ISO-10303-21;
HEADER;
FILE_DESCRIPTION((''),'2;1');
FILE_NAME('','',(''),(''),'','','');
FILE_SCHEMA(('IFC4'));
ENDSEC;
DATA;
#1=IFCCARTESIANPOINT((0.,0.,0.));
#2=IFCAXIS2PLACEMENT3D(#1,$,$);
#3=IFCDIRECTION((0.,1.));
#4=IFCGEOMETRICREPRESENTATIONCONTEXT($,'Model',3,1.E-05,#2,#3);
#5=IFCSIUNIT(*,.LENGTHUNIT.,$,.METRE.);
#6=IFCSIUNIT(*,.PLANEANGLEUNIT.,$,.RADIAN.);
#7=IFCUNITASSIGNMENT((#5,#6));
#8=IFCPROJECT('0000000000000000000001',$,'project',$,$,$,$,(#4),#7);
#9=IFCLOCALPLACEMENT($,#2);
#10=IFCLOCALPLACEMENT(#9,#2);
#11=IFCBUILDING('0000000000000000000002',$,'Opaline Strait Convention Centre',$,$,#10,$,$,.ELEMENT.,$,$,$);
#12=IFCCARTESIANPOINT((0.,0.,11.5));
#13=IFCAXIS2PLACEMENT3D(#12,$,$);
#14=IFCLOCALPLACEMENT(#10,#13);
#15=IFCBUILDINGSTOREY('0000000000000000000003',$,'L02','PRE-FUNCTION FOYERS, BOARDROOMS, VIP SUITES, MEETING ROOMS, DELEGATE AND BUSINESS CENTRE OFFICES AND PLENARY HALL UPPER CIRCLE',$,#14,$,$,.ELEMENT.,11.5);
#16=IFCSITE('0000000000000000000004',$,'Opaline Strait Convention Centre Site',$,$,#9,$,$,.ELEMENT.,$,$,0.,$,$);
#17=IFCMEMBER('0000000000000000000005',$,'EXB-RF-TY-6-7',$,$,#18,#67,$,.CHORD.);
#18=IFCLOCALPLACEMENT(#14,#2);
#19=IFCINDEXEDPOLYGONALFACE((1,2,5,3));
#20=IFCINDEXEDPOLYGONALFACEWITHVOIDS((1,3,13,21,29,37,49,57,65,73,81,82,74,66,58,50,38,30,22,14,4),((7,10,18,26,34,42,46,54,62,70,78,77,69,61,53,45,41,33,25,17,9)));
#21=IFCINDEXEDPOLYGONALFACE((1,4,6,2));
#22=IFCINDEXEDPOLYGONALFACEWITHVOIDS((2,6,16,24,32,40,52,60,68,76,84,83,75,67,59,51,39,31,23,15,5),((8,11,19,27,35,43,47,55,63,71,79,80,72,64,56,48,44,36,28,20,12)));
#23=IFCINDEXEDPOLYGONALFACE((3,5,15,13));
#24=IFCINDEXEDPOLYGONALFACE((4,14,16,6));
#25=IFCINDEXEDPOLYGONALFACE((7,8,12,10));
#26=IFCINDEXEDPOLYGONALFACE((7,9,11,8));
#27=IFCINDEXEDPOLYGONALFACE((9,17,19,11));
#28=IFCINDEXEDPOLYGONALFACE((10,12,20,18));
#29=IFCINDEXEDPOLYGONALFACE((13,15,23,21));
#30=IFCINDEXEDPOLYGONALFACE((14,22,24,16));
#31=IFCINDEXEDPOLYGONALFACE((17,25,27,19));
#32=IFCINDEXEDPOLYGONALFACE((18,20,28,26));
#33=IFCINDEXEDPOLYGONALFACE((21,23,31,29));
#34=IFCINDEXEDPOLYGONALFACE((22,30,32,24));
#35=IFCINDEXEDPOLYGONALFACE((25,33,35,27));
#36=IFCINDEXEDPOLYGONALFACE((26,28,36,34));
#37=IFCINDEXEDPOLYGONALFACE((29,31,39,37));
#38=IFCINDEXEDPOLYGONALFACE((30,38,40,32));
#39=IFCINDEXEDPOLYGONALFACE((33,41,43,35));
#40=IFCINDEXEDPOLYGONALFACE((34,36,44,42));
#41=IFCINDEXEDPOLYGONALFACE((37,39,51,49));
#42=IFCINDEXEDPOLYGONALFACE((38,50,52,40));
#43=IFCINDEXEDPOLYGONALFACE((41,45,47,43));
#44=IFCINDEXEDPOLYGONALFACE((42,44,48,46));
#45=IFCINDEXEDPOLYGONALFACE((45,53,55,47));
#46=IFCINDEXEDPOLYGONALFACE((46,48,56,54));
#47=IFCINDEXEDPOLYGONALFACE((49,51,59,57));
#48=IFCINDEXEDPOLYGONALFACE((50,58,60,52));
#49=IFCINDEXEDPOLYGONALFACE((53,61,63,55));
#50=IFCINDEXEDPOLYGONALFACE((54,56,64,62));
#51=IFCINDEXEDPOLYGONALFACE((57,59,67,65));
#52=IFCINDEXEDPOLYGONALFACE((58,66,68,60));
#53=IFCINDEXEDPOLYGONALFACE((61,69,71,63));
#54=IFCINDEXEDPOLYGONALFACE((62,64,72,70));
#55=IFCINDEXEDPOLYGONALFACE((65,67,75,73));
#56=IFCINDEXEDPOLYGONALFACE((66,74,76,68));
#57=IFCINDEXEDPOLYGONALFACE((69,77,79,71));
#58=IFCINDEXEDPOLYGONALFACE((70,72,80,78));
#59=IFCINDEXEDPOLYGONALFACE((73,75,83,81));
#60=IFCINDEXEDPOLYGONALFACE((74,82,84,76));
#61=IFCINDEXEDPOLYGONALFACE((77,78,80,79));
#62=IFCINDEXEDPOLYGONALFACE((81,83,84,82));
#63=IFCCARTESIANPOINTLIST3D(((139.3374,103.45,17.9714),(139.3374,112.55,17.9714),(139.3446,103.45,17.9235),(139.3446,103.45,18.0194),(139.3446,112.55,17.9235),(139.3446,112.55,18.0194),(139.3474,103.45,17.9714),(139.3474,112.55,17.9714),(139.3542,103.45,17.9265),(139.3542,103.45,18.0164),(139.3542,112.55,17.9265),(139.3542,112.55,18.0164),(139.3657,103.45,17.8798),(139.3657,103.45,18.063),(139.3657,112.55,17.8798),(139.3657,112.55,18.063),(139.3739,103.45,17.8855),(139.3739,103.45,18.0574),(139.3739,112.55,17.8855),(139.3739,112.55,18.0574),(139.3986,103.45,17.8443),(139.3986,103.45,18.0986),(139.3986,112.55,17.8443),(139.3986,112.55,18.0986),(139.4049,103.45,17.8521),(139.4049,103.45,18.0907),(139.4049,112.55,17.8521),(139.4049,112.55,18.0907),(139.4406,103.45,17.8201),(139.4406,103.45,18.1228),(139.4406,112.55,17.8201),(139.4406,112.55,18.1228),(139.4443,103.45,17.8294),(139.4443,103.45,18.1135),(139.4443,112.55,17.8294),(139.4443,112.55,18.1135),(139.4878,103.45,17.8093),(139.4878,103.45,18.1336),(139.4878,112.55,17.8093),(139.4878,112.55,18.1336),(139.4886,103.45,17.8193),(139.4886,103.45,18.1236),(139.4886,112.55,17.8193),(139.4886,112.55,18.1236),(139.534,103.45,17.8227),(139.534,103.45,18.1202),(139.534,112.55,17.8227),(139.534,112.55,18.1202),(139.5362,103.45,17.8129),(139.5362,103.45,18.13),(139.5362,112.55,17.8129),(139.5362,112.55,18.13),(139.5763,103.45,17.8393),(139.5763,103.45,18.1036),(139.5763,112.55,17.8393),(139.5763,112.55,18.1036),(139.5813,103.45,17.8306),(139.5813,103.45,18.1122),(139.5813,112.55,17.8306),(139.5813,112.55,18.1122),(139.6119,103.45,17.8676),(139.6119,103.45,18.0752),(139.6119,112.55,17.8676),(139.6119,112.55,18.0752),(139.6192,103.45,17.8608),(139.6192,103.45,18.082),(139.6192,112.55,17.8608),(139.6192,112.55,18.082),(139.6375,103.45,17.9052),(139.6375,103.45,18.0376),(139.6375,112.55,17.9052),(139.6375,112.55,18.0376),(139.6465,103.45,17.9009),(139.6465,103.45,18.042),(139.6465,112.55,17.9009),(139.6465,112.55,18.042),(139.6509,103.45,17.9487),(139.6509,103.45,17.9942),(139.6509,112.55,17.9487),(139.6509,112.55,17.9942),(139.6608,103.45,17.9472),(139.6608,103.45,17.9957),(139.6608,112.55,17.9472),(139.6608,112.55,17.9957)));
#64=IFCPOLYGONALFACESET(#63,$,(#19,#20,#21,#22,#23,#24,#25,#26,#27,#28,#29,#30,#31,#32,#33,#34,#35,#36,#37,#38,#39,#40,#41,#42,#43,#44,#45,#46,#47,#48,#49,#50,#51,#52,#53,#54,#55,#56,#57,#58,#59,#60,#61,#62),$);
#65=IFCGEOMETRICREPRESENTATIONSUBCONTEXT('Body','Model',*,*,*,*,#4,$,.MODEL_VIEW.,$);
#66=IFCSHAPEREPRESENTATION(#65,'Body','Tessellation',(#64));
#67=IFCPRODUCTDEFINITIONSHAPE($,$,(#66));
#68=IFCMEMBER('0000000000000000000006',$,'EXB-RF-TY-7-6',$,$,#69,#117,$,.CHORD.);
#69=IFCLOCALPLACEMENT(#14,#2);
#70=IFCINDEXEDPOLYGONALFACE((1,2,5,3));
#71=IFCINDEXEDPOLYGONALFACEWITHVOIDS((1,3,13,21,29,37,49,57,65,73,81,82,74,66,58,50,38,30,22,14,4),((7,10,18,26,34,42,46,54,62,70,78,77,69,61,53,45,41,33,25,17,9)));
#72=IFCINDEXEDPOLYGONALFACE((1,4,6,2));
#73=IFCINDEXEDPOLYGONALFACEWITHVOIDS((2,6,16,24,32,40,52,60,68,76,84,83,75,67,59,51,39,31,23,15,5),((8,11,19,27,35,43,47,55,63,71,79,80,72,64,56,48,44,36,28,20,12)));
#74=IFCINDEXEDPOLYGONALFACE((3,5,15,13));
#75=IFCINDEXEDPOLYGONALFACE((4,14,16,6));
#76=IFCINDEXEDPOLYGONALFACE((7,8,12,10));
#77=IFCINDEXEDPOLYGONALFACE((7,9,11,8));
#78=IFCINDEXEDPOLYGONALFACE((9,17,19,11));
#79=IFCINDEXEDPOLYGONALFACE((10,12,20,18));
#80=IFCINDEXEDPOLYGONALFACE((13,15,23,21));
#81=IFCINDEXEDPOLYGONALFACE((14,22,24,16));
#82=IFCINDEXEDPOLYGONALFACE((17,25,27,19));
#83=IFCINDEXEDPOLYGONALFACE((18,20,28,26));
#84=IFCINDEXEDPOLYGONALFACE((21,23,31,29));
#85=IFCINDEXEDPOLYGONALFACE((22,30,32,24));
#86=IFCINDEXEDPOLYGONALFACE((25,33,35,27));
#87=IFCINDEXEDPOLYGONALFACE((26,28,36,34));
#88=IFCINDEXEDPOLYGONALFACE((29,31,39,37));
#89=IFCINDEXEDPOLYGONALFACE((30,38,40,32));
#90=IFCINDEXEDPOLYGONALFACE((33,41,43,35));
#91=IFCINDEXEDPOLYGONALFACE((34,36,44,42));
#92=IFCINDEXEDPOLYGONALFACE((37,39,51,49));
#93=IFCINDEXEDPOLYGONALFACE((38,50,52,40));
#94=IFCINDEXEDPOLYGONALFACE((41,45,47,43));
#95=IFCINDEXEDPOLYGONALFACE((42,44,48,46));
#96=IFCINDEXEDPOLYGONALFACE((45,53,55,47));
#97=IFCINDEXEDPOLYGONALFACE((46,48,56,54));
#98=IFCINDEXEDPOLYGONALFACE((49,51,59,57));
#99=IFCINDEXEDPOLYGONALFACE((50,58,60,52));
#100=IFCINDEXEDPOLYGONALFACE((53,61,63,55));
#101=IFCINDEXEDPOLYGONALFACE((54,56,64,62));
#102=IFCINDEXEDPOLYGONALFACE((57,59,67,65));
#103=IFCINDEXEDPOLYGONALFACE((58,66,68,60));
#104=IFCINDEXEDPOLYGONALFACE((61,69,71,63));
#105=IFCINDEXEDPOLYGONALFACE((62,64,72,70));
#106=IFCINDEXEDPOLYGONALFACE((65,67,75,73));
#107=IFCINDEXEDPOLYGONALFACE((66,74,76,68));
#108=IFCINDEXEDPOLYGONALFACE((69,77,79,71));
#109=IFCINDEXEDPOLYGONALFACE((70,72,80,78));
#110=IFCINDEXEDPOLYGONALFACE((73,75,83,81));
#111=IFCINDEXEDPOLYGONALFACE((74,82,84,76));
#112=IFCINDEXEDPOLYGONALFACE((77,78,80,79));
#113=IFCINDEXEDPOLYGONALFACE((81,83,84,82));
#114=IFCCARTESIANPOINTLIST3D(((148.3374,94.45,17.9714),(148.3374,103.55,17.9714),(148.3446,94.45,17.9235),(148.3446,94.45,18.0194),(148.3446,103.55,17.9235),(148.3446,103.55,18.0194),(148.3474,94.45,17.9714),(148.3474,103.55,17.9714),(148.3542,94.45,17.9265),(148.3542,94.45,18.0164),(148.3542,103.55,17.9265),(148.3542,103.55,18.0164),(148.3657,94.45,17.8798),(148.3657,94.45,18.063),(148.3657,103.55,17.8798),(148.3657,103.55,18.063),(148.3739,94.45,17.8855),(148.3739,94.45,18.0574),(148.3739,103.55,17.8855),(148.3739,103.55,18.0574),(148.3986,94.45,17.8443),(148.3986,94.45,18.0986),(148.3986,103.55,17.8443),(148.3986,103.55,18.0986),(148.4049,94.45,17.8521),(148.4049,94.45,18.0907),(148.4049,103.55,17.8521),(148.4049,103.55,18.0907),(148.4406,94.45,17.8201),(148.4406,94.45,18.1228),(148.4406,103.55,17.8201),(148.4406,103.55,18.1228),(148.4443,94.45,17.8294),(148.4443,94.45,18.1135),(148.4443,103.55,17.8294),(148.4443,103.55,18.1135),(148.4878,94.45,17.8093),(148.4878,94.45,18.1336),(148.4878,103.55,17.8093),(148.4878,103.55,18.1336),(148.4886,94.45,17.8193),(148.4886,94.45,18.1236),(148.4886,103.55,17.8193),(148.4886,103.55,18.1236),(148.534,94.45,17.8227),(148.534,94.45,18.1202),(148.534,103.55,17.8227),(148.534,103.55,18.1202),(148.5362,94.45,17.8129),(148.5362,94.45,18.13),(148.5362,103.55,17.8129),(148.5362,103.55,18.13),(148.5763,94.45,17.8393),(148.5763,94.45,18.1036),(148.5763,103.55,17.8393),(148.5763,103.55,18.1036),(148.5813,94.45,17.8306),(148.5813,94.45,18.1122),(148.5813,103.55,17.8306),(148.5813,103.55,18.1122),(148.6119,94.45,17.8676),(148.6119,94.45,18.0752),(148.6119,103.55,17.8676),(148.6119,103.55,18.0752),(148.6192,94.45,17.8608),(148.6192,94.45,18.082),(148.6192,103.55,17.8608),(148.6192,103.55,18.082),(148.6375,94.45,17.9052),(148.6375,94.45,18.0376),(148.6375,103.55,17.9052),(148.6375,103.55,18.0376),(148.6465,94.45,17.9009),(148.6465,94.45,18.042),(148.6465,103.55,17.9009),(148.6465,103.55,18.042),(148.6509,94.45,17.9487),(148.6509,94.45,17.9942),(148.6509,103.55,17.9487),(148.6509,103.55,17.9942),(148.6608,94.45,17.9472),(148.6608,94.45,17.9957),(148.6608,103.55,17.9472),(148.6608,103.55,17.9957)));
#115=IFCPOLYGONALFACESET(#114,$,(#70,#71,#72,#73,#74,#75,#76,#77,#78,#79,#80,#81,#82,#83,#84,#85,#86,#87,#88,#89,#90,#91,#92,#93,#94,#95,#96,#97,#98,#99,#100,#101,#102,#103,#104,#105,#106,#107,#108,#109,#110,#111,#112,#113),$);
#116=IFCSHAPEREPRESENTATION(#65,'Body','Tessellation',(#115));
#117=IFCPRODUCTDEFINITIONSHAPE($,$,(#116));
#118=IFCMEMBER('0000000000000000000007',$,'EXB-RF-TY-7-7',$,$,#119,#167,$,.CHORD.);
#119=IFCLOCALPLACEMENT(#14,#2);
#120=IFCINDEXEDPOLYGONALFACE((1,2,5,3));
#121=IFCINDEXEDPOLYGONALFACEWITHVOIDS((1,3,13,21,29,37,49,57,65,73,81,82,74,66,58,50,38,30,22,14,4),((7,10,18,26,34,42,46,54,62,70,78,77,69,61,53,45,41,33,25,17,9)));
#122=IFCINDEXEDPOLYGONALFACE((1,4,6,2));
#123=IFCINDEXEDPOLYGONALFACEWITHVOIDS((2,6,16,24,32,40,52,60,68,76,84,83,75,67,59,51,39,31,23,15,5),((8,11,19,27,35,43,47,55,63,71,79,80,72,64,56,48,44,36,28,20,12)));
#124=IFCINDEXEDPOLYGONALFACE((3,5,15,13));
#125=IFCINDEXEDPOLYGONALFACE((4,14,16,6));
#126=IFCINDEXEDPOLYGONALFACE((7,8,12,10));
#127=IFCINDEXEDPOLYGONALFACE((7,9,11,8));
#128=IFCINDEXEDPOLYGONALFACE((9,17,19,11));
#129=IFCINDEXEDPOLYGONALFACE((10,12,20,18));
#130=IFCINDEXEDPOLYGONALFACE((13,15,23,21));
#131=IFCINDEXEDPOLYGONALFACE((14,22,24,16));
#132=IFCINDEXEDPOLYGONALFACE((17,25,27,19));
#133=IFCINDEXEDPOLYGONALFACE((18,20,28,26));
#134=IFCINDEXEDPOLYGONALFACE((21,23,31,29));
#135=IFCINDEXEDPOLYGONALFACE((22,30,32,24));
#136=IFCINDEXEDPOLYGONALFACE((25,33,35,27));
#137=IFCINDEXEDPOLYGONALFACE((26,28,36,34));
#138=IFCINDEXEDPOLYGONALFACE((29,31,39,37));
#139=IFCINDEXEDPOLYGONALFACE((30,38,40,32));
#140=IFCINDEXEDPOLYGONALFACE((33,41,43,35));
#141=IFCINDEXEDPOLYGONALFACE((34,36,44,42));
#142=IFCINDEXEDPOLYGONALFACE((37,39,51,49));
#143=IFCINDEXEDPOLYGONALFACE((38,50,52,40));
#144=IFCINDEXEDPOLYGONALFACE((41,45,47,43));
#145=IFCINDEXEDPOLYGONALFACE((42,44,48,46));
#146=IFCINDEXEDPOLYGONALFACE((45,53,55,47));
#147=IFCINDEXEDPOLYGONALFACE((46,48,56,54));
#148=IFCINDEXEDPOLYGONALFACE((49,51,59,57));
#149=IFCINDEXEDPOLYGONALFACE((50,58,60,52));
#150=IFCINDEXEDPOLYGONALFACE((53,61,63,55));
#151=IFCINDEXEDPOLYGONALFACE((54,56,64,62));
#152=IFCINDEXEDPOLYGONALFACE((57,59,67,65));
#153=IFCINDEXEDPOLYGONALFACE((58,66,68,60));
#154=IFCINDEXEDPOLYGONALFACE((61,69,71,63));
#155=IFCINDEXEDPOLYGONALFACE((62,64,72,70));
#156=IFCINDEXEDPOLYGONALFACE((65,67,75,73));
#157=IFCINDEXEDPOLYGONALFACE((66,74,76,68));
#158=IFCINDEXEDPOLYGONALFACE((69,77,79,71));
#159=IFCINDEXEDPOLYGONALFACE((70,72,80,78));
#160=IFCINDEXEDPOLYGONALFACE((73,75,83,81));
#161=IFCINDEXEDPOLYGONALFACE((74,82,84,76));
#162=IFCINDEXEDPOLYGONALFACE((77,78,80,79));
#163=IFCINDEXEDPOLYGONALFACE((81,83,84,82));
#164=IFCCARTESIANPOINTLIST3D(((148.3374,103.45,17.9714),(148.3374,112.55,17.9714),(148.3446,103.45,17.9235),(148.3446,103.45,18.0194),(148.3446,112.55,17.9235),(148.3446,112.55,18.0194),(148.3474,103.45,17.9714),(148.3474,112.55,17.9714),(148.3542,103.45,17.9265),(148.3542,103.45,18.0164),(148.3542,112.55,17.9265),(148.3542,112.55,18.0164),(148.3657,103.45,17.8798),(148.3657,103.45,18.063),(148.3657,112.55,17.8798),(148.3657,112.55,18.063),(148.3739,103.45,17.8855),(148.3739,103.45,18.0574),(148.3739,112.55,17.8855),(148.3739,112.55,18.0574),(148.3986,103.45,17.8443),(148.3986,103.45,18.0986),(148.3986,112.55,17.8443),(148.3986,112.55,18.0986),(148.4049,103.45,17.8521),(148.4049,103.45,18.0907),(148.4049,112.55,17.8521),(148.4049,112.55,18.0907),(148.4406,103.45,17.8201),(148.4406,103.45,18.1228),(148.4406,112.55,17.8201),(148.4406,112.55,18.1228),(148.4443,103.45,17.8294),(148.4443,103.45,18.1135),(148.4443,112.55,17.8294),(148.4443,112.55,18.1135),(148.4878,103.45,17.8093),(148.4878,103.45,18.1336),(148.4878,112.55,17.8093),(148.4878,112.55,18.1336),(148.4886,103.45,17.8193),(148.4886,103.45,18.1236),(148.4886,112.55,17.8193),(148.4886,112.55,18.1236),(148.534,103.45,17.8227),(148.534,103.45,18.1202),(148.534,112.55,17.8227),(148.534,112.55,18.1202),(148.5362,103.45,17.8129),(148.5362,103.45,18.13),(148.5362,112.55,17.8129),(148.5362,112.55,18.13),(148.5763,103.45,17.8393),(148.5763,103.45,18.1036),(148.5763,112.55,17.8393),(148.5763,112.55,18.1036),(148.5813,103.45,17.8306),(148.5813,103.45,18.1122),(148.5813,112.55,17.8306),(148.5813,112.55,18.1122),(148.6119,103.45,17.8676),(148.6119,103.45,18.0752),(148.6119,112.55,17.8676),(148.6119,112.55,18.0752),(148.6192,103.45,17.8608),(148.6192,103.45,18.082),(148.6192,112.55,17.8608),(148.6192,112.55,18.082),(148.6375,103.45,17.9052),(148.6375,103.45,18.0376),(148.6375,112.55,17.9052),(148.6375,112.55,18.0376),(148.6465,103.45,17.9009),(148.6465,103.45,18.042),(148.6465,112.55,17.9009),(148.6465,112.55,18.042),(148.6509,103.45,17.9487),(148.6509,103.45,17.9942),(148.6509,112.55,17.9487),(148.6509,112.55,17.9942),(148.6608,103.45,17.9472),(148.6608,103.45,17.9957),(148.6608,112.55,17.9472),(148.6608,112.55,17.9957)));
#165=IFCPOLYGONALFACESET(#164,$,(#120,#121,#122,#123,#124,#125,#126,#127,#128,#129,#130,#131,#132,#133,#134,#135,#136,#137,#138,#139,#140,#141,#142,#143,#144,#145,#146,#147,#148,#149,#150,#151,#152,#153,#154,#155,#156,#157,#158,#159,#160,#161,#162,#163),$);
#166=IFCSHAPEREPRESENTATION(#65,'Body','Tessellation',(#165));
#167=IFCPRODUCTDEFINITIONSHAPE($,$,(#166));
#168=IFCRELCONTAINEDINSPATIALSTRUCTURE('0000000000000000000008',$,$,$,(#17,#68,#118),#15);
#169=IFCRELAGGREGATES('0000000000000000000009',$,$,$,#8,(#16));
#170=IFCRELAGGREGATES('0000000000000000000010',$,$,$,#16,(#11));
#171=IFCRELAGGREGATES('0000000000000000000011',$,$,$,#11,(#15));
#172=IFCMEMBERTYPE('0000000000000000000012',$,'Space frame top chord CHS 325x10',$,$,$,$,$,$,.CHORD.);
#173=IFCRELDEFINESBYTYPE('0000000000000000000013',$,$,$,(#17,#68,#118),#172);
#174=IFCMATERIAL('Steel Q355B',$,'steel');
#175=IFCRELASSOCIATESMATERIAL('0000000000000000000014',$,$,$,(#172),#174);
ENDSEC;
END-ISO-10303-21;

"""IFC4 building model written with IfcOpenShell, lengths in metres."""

from ifc_helpers import new_model, si_unit, direction, frame, origin, origin_2d, place, context, subcontext, project, spatial, hollow_circle, extrude, material, material_profile, profile_set, type_object, element, save


model = new_model("IFC4")

# Units and contexts
model_context = context("Model", 3, precision=1e-05, world=origin(), true_north=direction((0.0, 1.0)))
body_context = subcontext(model_context, "Body", "Model", "MODEL_VIEW")
ifc_project = project(units=[si_unit("LENGTHUNIT", "METRE"), si_unit("PLANEANGLEUNIT", "RADIAN")], contexts=[model_context])

# Site, building, storey
site_placement = place(None, origin())
site = spatial("IfcSite", under=ifc_project, at=site_placement, Name="Opaline Strait Convention Centre Site", CompositionType="ELEMENT", RefElevation=0.0)
building_placement = place(site_placement, origin())
building = spatial("IfcBuilding", under=site, at=building_placement, Name="Opaline Strait Convention Centre", CompositionType="ELEMENT")
storey_placement = place(building_placement, frame((0.0, 0.0, 11.5)))
storey = spatial("IfcBuildingStorey", under=building, at=storey_placement, Name="L02", Description="PRE-FUNCTION FOYERS, BOARDROOMS, VIP SUITES, MEETING ROOMS, DELEGATE AND BUSINESS CENTRE OFFICES AND PLENARY HALL UPPER CIRCLE", CompositionType="ELEMENT", Elevation=11.5)

# Members
ifc_material = material(Name="Steel Q355B", Category="steel")
ifc_material_profile_1 = material_profile(ifc_material, hollow_circle(Radius=0.1626, WallThickness=0.01, at=origin_2d()), Name="CHS 325x10")
ifc_profile_set_1 = profile_set([ifc_material_profile_1], Name="Steel Q355B")
member_type_1 = type_object("IfcMemberType", Name="Space frame top chord CHS 325x10", PredefinedType="CHORD", material=ifc_profile_set_1)
for number, where, z_axis, x_axis, name in (
    (1, (139.5, 103.45, 17.9714), (0.0, 1.0, 0.0), (-1.0, 0.0, 0.0), "EXB-RF-TY-6-7"),
    (2, (148.5, 94.45, 17.9714), (0.0, 1.0, 0.0), (-1.0, 0.0, 0.0), "EXB-RF-TY-7-6"),
    (3, (148.5, 103.45, 17.9714), (0.0, 1.0, 0.0), (-1.0, 0.0, 0.0), "EXB-RF-TY-7-7"),
):
    element("IfcMember", number, at=place(storey_placement, frame(where, z_axis=z_axis, x_axis=x_axis)), inside=storey, type_object=member_type_1, Name=name, PredefinedType="CHORD", context=body_context, shape_type="SweptSolid", body=[
        extrude(hollow_circle(Radius=0.1626, WallThickness=0.01, at=origin_2d()), origin(), (0.0, 0.0, 1.0), 9.1001),
    ])

save(model, "model.ifc")
